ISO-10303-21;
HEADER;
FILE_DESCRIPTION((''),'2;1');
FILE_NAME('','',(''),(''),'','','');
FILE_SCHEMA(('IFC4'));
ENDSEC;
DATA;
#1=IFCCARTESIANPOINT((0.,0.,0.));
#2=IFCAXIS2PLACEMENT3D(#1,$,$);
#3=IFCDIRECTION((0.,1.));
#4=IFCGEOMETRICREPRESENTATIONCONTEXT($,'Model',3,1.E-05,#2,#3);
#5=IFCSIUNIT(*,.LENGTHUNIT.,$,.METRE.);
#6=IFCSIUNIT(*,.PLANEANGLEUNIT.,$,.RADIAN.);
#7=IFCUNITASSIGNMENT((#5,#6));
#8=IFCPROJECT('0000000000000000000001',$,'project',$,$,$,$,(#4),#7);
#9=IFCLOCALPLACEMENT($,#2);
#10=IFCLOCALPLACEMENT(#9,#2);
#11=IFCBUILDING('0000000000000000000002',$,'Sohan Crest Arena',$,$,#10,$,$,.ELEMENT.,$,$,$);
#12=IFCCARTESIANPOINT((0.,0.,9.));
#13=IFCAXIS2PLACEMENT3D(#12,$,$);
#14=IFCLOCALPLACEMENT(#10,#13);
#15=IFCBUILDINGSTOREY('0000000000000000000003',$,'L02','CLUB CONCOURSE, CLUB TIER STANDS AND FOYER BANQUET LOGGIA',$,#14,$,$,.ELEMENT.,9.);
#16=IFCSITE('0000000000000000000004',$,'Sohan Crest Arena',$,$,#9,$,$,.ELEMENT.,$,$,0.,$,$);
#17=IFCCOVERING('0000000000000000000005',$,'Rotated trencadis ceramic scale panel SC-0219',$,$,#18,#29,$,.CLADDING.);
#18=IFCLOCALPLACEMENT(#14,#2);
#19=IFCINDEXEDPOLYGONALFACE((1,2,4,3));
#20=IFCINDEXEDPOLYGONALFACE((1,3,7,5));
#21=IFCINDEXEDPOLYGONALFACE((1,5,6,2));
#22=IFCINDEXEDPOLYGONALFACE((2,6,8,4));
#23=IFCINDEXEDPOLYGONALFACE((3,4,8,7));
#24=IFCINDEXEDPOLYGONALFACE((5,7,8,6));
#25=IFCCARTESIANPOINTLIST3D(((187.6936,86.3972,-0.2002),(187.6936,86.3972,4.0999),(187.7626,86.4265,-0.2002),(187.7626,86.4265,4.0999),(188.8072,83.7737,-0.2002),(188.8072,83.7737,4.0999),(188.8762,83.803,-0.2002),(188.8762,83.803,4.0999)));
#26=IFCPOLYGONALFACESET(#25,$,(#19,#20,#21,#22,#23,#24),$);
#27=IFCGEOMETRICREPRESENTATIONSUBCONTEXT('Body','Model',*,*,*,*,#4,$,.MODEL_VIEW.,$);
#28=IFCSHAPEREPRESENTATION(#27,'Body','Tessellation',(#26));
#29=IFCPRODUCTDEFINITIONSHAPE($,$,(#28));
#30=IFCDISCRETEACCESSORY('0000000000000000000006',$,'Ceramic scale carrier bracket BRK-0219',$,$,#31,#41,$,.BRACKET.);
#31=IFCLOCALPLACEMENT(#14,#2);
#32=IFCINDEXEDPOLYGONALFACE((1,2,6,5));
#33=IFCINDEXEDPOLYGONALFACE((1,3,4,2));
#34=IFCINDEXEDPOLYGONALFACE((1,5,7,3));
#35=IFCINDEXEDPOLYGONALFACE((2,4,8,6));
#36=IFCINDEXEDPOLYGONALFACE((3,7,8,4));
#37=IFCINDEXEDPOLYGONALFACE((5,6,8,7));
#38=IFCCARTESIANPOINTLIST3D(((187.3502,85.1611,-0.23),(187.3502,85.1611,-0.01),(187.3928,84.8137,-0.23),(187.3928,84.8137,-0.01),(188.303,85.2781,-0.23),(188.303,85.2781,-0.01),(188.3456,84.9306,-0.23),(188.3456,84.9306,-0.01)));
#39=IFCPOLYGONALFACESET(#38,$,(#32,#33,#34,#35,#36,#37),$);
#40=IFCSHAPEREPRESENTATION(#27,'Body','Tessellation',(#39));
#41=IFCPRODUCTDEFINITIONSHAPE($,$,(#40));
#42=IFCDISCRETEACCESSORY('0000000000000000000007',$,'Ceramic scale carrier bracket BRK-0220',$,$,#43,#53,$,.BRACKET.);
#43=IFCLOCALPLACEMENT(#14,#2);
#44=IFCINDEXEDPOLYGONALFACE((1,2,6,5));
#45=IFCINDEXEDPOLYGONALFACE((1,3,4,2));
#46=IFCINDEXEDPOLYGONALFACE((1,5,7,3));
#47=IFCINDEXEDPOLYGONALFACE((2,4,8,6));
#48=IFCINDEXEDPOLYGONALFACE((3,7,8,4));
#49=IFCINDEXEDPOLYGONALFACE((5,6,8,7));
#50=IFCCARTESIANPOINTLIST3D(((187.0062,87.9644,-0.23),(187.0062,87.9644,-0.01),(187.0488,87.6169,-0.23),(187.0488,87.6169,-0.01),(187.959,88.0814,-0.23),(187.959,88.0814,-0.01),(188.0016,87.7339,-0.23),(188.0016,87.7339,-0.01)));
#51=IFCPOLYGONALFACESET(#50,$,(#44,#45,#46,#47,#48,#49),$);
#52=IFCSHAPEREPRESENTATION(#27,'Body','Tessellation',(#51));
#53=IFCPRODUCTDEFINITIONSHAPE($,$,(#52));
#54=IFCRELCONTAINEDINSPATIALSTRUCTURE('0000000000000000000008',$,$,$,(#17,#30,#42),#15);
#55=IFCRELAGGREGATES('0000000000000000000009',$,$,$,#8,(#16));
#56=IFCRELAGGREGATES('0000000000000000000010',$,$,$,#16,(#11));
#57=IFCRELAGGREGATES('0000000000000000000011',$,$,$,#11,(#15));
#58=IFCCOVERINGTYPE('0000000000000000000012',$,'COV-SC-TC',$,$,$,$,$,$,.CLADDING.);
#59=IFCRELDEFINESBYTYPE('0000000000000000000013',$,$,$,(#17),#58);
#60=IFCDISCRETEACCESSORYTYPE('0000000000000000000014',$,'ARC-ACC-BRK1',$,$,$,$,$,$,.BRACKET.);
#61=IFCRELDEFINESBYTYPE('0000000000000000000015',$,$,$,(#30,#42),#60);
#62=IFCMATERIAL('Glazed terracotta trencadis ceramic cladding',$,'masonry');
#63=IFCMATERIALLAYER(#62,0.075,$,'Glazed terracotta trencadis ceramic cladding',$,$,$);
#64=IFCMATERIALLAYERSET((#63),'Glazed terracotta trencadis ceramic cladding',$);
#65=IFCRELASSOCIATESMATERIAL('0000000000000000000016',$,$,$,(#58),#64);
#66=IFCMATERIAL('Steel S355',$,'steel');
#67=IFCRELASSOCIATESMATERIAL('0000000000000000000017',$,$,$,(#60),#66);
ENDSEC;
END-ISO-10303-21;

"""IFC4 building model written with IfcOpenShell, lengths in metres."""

from ifc_helpers import new_model, si_unit, direction, frame, origin, origin_2d, place, context, subcontext, project, spatial, rectangle, extrude, material, layer, layer_set, type_object, element, save


model = new_model("IFC4")

# Units and contexts
model_context = context("Model", 3, precision=1e-05, world=origin(), true_north=direction((0.0, 1.0)))
body_context = subcontext(model_context, "Body", "Model", "MODEL_VIEW")
ifc_project = project(units=[si_unit("LENGTHUNIT", "METRE"), si_unit("PLANEANGLEUNIT", "RADIAN")], contexts=[model_context])

# Site, building, storey
site_placement = place(None, origin())
site = spatial("IfcSite", under=ifc_project, at=site_placement, Name="Sohan Crest Arena", CompositionType="ELEMENT", RefElevation=0.0)
building_placement = place(site_placement, origin())
building = spatial("IfcBuilding", under=site, at=building_placement, Name="Sohan Crest Arena", CompositionType="ELEMENT")
storey_placement = place(building_placement, frame((0.0, 0.0, 9.0)))
storey = spatial("IfcBuildingStorey", under=building, at=storey_placement, Name="L02", Description="CLUB CONCOURSE, CLUB TIER STANDS AND FOYER BANQUET LOGGIA", CompositionType="ELEMENT", Elevation=9.0)

# Covering
ifc_material_1 = material(Name="Glazed terracotta trencadis ceramic cladding", Category="masonry")
ifc_layer_1 = layer(ifc_material_1, 0.075, Name="Glazed terracotta trencadis ceramic cladding")
ifc_layer_set_1 = layer_set([ifc_layer_1], Name="Glazed terracotta trencadis ceramic cladding")
covering_type_1 = type_object("IfcCoveringType", Name="COV-SC-TC", PredefinedType="CLADDING", material=ifc_layer_set_1)
covering_1_placement = place(storey_placement, frame((188.2849, 85.1001, -0.2002), z_axis=(0.0, 0.0, 1.0), x_axis=(-0.390731, 0.920505, 0.0)))
element("IfcCovering", 1, at=covering_1_placement, inside=storey, type_object=covering_type_1, Name="Rotated trencadis ceramic scale panel SC-0219", PredefinedType="CLADDING", context=body_context, shape_type="SweptSolid", body=[
    extrude(rectangle(XDim=2.8501, YDim=0.075, at=origin_2d()), origin(), (0.0, 0.0, 1.0), 4.3),
])

# Discrete accessories
ifc_material_2 = material(Name="Steel S355", Category="steel")
discrete_accessory_type = type_object("IfcDiscreteAccessoryType", Name="ARC-ACC-BRK1", PredefinedType="BRACKET", material=ifc_material_2)
for number, where, z_axis, x_axis, name in (
    (2, (187.8479, 85.0459, -0.23), (0.0, 0.0, 1.0), (-0.121869, 0.992546, 0.0), "Ceramic scale carrier bracket BRK-0219"),
    (3, (187.5039, 87.8491, -0.23), (0.0, 0.0, 1.0), (-0.121869, 0.992546, 0.0), "Ceramic scale carrier bracket BRK-0220"),
):
    element("IfcDiscreteAccessory", number, at=place(storey_placement, frame(where, z_axis=z_axis, x_axis=x_axis)), inside=storey, type_object=discrete_accessory_type, Name=name, PredefinedType="BRACKET", context=body_context, shape_type="SweptSolid", body=[
        extrude(rectangle(XDim=0.3501, YDim=0.96, at=origin_2d()), origin(), (0.0, 0.0, 1.0), 0.22),
    ])

save(model, "model.ifc")
